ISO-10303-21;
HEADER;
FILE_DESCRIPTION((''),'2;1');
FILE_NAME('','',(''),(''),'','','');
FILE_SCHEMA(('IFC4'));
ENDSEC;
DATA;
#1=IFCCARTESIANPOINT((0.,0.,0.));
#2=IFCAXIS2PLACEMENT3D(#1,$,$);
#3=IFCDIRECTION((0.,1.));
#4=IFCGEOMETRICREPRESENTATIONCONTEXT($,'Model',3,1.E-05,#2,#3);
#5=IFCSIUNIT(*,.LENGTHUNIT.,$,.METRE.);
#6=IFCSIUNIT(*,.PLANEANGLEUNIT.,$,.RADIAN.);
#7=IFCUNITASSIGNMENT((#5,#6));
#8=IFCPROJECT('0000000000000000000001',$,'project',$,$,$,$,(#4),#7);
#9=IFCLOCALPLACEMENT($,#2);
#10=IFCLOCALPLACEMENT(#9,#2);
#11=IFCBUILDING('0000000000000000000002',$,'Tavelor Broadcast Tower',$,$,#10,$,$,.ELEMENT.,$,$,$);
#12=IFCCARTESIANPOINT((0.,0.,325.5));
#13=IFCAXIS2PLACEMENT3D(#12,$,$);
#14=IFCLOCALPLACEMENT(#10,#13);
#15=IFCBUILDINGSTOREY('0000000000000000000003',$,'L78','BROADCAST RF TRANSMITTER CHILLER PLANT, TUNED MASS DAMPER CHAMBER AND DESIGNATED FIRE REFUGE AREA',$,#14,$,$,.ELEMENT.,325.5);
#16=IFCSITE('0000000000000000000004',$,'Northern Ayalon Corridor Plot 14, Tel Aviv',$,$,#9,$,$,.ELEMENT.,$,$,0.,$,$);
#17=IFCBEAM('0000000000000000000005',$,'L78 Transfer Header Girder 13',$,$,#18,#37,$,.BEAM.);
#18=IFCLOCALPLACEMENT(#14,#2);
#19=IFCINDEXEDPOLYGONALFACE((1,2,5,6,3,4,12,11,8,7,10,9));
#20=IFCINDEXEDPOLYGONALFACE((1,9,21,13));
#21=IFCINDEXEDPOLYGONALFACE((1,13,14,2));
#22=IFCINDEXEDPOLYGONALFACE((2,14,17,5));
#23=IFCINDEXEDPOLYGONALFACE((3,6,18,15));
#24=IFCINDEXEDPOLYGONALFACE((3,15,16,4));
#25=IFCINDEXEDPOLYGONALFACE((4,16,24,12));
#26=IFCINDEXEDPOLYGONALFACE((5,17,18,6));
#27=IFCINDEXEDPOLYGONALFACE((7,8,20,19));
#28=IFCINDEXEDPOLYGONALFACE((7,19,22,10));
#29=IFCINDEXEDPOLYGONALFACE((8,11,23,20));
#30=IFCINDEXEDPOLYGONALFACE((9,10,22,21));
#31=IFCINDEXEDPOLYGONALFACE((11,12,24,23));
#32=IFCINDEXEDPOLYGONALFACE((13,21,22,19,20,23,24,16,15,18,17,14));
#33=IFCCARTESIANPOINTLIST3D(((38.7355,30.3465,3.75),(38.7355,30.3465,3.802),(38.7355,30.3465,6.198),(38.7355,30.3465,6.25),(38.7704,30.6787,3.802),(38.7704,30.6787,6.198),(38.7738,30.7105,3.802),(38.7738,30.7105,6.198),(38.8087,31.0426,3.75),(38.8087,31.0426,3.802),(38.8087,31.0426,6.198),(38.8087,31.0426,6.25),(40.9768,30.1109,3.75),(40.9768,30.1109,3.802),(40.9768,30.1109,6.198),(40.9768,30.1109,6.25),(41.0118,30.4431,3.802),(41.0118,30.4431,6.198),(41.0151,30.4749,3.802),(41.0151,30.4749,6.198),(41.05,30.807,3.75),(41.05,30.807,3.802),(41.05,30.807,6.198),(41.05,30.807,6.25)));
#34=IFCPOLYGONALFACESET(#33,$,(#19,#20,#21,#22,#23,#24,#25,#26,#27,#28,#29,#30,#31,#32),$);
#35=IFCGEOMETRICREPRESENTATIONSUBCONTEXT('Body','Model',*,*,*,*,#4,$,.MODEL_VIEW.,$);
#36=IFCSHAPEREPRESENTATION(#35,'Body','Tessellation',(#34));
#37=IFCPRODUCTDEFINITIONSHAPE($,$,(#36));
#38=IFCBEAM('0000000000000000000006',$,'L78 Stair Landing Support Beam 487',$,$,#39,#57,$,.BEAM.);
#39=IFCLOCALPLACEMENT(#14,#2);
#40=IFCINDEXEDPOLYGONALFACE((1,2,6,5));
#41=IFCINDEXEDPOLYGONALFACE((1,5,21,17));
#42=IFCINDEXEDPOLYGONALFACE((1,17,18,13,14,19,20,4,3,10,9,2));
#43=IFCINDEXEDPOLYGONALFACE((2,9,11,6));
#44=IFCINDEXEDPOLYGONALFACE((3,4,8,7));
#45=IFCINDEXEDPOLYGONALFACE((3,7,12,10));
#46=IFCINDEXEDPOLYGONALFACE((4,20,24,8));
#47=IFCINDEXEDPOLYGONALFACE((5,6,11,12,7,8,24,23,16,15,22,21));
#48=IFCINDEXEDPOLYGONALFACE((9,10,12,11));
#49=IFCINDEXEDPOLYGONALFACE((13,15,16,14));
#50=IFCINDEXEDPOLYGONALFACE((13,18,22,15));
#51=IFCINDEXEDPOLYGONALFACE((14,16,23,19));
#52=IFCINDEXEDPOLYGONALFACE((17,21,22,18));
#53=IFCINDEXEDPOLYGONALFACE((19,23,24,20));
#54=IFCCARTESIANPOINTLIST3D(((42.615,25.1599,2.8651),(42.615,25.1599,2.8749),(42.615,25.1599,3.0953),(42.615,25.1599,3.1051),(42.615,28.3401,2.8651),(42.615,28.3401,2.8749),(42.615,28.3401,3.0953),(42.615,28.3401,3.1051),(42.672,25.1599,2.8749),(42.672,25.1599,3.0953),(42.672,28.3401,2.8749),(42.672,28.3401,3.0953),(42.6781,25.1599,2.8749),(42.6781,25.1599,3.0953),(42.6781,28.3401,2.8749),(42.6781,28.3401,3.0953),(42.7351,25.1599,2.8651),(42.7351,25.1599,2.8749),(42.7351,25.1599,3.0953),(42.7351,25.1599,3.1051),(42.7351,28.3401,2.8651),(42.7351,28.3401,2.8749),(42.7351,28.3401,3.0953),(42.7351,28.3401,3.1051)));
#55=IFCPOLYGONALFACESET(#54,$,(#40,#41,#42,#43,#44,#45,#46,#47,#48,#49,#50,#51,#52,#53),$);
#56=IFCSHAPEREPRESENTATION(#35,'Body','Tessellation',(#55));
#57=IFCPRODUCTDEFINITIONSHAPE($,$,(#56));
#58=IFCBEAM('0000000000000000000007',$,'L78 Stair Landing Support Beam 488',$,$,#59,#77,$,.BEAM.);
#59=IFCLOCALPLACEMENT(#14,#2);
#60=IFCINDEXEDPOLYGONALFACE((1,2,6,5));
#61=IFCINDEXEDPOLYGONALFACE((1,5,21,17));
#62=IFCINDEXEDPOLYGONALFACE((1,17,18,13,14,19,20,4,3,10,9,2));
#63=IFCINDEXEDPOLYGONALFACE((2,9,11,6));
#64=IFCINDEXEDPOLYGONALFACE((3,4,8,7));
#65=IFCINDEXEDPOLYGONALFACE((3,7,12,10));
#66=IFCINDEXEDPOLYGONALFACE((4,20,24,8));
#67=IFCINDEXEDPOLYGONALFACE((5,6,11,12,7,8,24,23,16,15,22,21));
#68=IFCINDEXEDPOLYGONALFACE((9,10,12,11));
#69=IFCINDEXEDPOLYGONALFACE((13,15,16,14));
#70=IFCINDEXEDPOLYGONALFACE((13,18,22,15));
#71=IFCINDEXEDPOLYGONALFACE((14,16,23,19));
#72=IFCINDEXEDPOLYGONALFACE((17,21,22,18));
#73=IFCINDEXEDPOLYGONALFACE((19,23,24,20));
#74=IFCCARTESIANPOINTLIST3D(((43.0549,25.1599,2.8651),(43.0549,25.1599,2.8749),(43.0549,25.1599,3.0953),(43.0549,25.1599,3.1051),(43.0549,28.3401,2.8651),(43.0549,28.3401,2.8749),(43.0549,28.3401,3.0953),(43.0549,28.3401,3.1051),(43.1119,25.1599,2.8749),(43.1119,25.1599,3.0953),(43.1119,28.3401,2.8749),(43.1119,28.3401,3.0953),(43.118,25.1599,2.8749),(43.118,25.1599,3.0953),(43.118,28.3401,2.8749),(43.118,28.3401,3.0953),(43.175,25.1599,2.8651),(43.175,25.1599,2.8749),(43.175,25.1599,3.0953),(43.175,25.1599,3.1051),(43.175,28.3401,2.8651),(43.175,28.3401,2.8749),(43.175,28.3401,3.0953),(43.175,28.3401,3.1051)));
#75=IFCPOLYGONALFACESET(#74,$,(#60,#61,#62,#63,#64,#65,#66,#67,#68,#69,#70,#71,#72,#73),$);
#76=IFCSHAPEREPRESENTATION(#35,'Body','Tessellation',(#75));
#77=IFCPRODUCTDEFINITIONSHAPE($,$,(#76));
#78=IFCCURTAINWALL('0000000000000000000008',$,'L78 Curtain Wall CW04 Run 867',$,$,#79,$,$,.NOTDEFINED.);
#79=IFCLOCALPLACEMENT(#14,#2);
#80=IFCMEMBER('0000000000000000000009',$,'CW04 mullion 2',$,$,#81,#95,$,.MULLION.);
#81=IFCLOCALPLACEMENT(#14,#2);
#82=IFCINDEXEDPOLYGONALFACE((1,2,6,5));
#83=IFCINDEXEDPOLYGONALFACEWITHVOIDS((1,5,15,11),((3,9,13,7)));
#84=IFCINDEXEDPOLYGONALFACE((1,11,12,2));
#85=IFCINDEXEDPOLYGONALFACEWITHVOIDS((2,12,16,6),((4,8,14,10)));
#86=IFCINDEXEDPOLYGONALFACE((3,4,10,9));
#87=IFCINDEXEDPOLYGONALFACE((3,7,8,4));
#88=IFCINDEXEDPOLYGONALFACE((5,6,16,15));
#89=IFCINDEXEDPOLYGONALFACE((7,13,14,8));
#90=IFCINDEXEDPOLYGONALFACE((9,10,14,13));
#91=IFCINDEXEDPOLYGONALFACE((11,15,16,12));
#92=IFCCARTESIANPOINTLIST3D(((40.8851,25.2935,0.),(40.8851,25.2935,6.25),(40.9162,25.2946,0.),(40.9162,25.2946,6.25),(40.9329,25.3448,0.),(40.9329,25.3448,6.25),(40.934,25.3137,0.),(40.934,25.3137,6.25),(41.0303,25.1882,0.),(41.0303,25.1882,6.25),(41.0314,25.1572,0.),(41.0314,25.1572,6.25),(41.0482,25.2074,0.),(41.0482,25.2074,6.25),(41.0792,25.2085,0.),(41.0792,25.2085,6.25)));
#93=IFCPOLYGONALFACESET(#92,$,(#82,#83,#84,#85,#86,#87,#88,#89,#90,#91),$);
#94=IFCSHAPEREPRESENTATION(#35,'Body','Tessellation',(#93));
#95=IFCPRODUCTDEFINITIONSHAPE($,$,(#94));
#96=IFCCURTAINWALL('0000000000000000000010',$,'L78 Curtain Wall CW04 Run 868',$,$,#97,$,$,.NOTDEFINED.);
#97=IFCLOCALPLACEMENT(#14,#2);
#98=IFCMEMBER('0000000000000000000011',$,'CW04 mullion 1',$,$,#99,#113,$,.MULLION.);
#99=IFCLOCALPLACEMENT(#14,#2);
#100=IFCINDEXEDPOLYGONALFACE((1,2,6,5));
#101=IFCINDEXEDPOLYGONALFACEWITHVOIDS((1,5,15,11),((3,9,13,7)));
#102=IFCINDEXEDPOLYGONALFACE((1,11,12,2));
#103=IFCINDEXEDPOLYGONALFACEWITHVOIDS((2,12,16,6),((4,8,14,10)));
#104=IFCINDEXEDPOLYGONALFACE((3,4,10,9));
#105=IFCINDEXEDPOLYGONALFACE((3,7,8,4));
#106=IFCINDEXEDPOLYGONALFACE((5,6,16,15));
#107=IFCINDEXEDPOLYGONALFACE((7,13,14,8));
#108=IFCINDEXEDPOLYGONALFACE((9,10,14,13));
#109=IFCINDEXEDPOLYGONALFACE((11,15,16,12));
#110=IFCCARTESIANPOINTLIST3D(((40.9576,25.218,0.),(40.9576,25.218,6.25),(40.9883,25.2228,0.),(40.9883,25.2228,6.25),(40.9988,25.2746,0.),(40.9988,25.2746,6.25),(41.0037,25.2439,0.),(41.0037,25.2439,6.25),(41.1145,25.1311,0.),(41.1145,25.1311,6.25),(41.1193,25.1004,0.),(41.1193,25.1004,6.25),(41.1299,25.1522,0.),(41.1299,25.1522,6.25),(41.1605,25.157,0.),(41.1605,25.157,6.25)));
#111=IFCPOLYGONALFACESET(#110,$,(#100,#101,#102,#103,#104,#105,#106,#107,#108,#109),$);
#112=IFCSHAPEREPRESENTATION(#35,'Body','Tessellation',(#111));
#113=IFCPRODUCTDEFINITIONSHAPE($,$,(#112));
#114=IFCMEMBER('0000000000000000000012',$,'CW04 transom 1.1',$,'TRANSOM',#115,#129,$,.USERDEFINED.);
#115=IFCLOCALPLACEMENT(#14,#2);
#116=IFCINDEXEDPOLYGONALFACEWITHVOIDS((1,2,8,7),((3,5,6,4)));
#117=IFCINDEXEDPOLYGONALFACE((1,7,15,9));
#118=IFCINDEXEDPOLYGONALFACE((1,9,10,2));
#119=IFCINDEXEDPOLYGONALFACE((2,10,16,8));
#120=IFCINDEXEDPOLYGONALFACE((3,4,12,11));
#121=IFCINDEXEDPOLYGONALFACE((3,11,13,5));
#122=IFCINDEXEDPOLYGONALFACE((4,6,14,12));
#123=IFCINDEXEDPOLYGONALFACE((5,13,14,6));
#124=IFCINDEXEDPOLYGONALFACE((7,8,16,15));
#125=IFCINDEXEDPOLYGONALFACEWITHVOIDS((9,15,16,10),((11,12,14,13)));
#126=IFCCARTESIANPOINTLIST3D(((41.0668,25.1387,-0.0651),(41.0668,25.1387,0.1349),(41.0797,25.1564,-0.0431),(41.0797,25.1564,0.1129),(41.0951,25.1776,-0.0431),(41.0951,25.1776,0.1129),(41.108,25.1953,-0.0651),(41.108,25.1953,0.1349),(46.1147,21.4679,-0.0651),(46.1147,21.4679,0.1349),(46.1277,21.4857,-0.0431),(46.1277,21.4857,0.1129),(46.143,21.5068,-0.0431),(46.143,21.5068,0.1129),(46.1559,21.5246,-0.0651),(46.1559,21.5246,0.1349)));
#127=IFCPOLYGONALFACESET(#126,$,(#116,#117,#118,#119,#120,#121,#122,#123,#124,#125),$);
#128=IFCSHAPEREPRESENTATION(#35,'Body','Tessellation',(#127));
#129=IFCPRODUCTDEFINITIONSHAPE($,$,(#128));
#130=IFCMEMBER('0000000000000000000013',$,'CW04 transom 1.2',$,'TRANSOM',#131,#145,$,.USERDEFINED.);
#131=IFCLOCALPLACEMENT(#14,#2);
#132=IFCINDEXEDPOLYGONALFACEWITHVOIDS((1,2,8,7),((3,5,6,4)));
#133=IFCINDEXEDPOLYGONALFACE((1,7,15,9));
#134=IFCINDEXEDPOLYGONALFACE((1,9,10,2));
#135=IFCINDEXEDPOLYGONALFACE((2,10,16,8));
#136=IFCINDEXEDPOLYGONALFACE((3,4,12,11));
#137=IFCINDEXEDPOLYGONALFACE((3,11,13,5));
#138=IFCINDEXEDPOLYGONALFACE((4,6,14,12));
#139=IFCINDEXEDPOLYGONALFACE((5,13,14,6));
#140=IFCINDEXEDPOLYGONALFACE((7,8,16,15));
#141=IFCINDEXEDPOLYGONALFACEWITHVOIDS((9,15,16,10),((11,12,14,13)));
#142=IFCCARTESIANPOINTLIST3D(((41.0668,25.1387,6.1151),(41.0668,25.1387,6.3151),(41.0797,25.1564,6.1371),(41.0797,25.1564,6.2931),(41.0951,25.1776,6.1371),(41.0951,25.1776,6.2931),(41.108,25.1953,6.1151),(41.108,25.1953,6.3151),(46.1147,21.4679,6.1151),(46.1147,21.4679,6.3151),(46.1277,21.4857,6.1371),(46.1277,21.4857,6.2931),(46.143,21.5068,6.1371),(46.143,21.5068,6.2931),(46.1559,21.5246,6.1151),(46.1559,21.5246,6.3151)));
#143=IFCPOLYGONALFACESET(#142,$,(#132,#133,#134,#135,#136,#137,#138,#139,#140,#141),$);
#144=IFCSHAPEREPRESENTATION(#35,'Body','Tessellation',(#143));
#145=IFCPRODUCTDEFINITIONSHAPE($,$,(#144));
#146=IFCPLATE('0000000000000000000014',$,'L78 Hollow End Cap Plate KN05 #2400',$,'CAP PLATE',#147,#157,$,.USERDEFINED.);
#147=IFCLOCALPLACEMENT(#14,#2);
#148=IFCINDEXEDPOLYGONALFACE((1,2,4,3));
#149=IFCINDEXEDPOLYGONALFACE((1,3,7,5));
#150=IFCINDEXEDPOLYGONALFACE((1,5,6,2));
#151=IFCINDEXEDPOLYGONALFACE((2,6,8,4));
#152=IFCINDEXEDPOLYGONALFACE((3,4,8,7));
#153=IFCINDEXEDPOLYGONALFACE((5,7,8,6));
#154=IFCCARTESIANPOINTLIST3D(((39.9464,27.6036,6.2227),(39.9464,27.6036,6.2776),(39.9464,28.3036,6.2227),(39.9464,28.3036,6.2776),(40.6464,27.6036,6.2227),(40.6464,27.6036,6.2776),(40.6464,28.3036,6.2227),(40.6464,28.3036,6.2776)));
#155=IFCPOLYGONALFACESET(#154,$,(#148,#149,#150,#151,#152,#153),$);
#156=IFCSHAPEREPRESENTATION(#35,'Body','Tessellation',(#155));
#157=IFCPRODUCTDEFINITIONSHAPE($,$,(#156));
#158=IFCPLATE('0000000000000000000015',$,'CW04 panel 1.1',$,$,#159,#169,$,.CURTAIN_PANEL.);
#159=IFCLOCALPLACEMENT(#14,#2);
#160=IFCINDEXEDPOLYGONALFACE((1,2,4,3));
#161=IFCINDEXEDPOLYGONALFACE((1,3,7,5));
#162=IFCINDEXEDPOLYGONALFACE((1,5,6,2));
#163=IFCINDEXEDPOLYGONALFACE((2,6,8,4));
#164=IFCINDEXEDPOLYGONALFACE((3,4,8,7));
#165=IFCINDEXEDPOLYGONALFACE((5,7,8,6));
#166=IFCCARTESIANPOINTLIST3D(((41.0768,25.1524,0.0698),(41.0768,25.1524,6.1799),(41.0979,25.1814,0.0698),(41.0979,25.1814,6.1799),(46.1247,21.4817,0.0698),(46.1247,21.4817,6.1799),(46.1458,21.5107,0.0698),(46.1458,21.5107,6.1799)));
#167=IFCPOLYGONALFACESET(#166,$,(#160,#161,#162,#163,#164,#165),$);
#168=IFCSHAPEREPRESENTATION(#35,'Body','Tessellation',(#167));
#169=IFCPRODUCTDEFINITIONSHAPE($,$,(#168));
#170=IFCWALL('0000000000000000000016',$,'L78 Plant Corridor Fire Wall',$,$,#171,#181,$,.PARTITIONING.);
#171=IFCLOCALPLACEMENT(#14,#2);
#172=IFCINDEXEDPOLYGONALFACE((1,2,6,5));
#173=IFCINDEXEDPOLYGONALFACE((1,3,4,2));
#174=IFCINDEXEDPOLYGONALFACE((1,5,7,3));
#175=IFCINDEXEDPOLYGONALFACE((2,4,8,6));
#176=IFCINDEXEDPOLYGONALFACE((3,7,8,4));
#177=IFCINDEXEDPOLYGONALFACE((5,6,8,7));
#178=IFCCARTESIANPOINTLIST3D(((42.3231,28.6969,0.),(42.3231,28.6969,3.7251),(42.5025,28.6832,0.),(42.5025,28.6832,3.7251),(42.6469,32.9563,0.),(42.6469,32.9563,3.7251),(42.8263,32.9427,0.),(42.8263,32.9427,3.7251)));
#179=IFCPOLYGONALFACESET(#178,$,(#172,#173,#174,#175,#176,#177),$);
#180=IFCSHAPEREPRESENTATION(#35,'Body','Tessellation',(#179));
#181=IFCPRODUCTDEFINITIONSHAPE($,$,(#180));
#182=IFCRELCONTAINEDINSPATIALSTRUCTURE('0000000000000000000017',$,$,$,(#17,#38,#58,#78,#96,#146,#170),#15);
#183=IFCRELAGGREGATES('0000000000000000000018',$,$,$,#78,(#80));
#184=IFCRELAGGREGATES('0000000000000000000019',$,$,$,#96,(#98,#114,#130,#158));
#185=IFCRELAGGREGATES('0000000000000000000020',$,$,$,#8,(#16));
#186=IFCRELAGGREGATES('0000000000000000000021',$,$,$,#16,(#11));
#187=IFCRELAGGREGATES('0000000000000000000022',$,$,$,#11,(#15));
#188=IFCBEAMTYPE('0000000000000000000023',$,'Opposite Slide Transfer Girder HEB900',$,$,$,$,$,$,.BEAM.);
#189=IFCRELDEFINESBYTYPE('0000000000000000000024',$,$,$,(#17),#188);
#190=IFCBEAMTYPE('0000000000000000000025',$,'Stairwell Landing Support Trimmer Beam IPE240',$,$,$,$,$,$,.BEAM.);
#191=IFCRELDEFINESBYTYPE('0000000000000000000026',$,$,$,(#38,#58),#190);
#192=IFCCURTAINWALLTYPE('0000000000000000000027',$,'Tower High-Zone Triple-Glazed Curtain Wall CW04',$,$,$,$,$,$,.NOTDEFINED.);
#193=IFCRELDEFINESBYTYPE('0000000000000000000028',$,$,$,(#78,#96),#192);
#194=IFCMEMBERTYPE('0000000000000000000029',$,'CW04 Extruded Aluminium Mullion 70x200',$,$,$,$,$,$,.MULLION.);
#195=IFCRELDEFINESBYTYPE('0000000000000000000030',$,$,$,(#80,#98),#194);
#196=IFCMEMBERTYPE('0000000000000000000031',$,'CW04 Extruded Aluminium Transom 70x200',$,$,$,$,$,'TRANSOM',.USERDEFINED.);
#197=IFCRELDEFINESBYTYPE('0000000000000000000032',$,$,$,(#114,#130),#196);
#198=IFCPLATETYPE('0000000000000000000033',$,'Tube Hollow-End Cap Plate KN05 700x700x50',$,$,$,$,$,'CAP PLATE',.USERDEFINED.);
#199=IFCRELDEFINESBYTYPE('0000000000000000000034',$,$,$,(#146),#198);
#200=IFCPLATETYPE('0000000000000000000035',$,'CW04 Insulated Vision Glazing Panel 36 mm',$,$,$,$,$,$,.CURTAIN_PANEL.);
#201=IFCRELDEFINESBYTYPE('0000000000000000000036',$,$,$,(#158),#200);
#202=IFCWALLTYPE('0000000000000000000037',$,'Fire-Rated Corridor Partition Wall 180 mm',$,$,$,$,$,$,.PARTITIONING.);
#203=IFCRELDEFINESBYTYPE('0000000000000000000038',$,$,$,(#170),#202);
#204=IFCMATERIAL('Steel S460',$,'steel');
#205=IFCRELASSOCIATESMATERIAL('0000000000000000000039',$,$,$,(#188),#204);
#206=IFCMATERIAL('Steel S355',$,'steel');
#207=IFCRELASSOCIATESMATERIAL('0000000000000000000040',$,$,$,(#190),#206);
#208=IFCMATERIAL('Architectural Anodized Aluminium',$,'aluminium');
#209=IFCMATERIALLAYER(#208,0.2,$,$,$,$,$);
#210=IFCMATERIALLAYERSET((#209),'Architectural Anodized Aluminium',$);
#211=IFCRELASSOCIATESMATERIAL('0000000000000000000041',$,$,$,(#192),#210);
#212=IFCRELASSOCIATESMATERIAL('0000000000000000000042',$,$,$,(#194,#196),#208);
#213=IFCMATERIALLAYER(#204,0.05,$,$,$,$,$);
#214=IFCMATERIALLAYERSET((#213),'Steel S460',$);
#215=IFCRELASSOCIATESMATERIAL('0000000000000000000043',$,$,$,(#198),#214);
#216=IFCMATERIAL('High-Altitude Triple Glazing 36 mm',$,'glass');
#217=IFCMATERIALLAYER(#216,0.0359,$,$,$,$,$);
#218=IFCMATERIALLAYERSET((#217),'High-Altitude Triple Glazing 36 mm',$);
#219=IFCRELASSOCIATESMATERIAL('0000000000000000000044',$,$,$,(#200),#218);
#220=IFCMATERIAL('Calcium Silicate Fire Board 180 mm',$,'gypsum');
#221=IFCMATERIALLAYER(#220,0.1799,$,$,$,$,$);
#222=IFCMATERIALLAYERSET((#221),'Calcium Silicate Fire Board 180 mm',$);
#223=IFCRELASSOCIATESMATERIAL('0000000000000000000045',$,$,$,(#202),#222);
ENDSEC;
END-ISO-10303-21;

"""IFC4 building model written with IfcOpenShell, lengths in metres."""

from ifc_helpers import new_model, si_unit, direction, frame, frame_2d, origin, origin_2d, place, context, subcontext, project, spatial, rectangle, hollow_rectangle, i_section, extrude, source, transform, mapped, material, layer, layer_set, material_profile, profile_set, type_object, type_shapes, element, aggregate, save


model = new_model("IFC4")

# Units and contexts
model_context = context("Model", 3, precision=1e-05, world=origin(), true_north=direction((0.0, 1.0)))
body_context = subcontext(model_context, "Body", "Model", "MODEL_VIEW")
ifc_project = project(units=[si_unit("LENGTHUNIT", "METRE"), si_unit("PLANEANGLEUNIT", "RADIAN")], contexts=[model_context])

# Site, building, storey
site_placement = place(None, origin())
site = spatial("IfcSite", under=ifc_project, at=site_placement, Name="Northern Ayalon Corridor Plot 14, Tel Aviv", CompositionType="ELEMENT", RefElevation=0.0)
building_placement = place(site_placement, origin())
building = spatial("IfcBuilding", under=site, at=building_placement, Name="Tavelor Broadcast Tower", CompositionType="ELEMENT")
storey_placement = place(building_placement, frame((0.0, 0.0, 325.5)))
storey = spatial("IfcBuildingStorey", under=building, at=storey_placement, Name="L78", Description="BROADCAST RF TRANSMITTER CHILLER PLANT, TUNED MASS DAMPER CHAMBER AND DESIGNATED FIRE REFUGE AREA", CompositionType="ELEMENT", Elevation=325.5)

# Beams
ifc_material_1 = material(Name="Steel S460", Category="steel")
ifc_material_profile_1 = material_profile(ifc_material_1, i_section(OverallWidth=0.7, OverallDepth=2.5, WebThickness=0.032, FlangeThickness=0.052, at=origin_2d()), Name="PG 2500x700")
ifc_profile_set_1 = profile_set([ifc_material_profile_1], Name="Steel S460")
beam_type_1 = type_object("IfcBeamType", Name="Opposite Slide Transfer Girder HEB900", PredefinedType="BEAM", material=ifc_profile_set_1)
beam_placement = place(storey_placement, frame((41.0134, 30.459, 5.0), z_axis=(-0.99452, 0.104544, 0.0), x_axis=(-0.104544, -0.99452, 0.0)))
element("IfcBeam", 1, at=beam_placement, inside=storey, type_object=beam_type_1, Name="L78 Transfer Header Girder 13", PredefinedType="BEAM", context=body_context, shape_type="SweptSolid", body=[
    extrude(i_section(OverallWidth=0.7, OverallDepth=2.5, WebThickness=0.032, FlangeThickness=0.052, at=origin_2d()), origin(), (0.0, 0.0, 1.0), 2.2537),
])
ifc_material_2 = material(Name="Steel S355", Category="steel")
ifc_material_profile_2 = material_profile(ifc_material_2, i_section(OverallWidth=0.1201, OverallDepth=0.24, WebThickness=0.0061, FlangeThickness=0.0098, at=origin_2d()), Name="IPE 240")
ifc_profile_set_2 = profile_set([ifc_material_profile_2], Name="Steel S355")
beam_type_2 = type_object("IfcBeamType", Name="Stairwell Landing Support Trimmer Beam IPE240", PredefinedType="BEAM", material=ifc_profile_set_2)
for number, where, z_axis, x_axis, name in (
    (2, (42.675, 25.1599, 2.9851), (0.0, 1.0, 0.0), (-1.0, 0.0, 0.0), "L78 Stair Landing Support Beam 487"),
    (3, (43.115, 25.1599, 2.9851), (0.0, 1.0, 0.0), (-1.0, 0.0, 0.0), "L78 Stair Landing Support Beam 488"),
):
    element("IfcBeam", number, at=place(storey_placement, frame(where, z_axis=z_axis, x_axis=x_axis)), inside=storey, type_object=beam_type_2, Name=name, PredefinedType="BEAM", context=body_context, shape_type="SweptSolid", body=[
        extrude(i_section(OverallWidth=0.1201, OverallDepth=0.24, WebThickness=0.0061, FlangeThickness=0.0098, at=origin_2d()), origin(), (0.0, 0.0, 1.0), 3.1802),
    ])

# Curtain wall, member
ifc_material_3 = material(Name="Architectural Anodized Aluminium", Category="aluminium")
ifc_layer_1 = layer(ifc_material_3, 0.2)
ifc_layer_set_1 = layer_set([ifc_layer_1], Name="Architectural Anodized Aluminium")
curtain_wall_type = type_object("IfcCurtainWallType", Name="Tower High-Zone Triple-Glazed Curtain Wall CW04", PredefinedType="NOTDEFINED", material=ifc_layer_set_1)
curtain_wall_1_placement = place(storey_placement, origin())
curtain_wall_1 = element("IfcCurtainWall", 4, at=curtain_wall_1_placement, inside=storey, type_object=curtain_wall_type, Name="L78 Curtain Wall CW04 Run 867", PredefinedType="NOTDEFINED")
ifc_material_profile_3 = material_profile(ifc_material_3, hollow_rectangle(XDim=0.0701, YDim=0.2, WallThickness=0.022, at=origin_2d()), Name="RHS 70x200x22")
ifc_profile_set_3 = profile_set([ifc_material_profile_3], Name="Architectural Anodized Aluminium")
member_type_1 = type_object("IfcMemberType", Name="CW04 Extruded Aluminium Mullion 70x200", PredefinedType="MULLION", material=ifc_profile_set_3)
shared_shape_1 = source(origin(), body_context, "Body", "SweptSolid", [
    extrude(hollow_rectangle(XDim=0.0701, YDim=0.2, WallThickness=0.022, at=origin_2d()), origin(), (0.0, 0.0, 1.0), 6.25),
])
type_shapes(member_type_1, [shared_shape_1])
member_1_placement = place(storey_placement, frame((40.9822, 25.251, 0.0), z_axis=(0.0, 0.0, 1.0), x_axis=(0.681663, 0.731667, 0.0)))
member_1 = element("IfcMember", 5, at=member_1_placement, type_object=member_type_1, Name="CW04 mullion 2", PredefinedType="MULLION", context=body_context, shape_type="MappedRepresentation", body=[
    mapped(shared_shape_1, transform((0.0, 0.0, 0.0), scale=1.0)),
])
aggregate(curtain_wall_1, [member_1])

# Curtain wall, members
curtain_wall_2_placement = place(storey_placement, origin())
curtain_wall_2 = element("IfcCurtainWall", 6, at=curtain_wall_2_placement, inside=storey, type_object=curtain_wall_type, Name="L78 Curtain Wall CW04 Run 868", PredefinedType="NOTDEFINED")
member_2_placement = place(storey_placement, frame((41.0591, 25.1875, 0.0), z_axis=(0.0, 0.0, 1.0), x_axis=(0.588118, 0.808775, 0.0)))
member_2 = element("IfcMember", 7, at=member_2_placement, type_object=member_type_1, Name="CW04 mullion 1", PredefinedType="MULLION", context=body_context, shape_type="MappedRepresentation", body=[
    mapped(shared_shape_1, transform((0.0, 0.0, 0.0), scale=1.0)),
])
ifc_material_profile_4 = material_profile(ifc_material_3, hollow_rectangle(XDim=0.0701, YDim=0.2, WallThickness=0.022, at=origin_2d()), Name="RHS 70x200x22")
ifc_profile_set_4 = profile_set([ifc_material_profile_4], Name="Architectural Anodized Aluminium")
member_type_2 = type_object("IfcMemberType", Name="CW04 Extruded Aluminium Transom 70x200", ElementType="TRANSOM", PredefinedType="USERDEFINED", material=ifc_profile_set_4)
shared_shape_2 = source(origin(), body_context, "Body", "SweptSolid", [
    extrude(hollow_rectangle(XDim=0.0701, YDim=0.2, WallThickness=0.022, at=origin_2d()), origin(), (0.0, 0.0, 1.0), 6.2415),
])
type_shapes(member_type_2, [shared_shape_2])
member_3_placement = place(storey_placement, frame((41.0874, 25.167, 0.0349), z_axis=(0.808775, -0.588118, 0.0), x_axis=(0.588118, 0.808775, 0.0)))
member_3 = element("IfcMember", 8, at=member_3_placement, type_object=member_type_2, Name="CW04 transom 1.1", ObjectType="TRANSOM", PredefinedType="USERDEFINED", context=body_context, shape_type="MappedRepresentation", body=[
    mapped(shared_shape_2, transform((0.0, 0.0, 0.0), scale=1.0)),
])
member_4_placement = place(storey_placement, frame((41.0874, 25.167, 6.2151), z_axis=(0.808775, -0.588118, 0.0), x_axis=(0.588118, 0.808775, 0.0)))
member_4 = element("IfcMember", 9, at=member_4_placement, type_object=member_type_2, Name="CW04 transom 1.2", ObjectType="TRANSOM", PredefinedType="USERDEFINED", context=body_context, shape_type="MappedRepresentation", body=[
    mapped(shared_shape_2, transform((0.0, 0.0, 0.0), scale=1.0)),
])

# Plates
ifc_layer_2 = layer(ifc_material_1, 0.05)
ifc_layer_set_2 = layer_set([ifc_layer_2], Name="Steel S460")
plate_type_1 = type_object("IfcPlateType", Name="Tube Hollow-End Cap Plate KN05 700x700x50", ElementType="CAP PLATE", PredefinedType="USERDEFINED", material=ifc_layer_set_2)
shared_shape_3 = source(origin(), body_context, "Body", "SweptSolid", [
    extrude(rectangle(XDim=0.7, YDim=0.7, at=origin_2d()), origin(), (0.0, 0.0, 1.0), 0.0549),
])
type_shapes(plate_type_1, [shared_shape_3])
plate_1_placement = place(storey_placement, frame((40.2964, 27.9536, 6.2227), z_axis=(0.0, 0.0, 1.0), x_axis=(1.0, 0.0, 0.0)))
element("IfcPlate", 10, at=plate_1_placement, inside=storey, type_object=plate_type_1, Name="L78 Hollow End Cap Plate KN05 #2400", ObjectType="CAP PLATE", PredefinedType="USERDEFINED", context=body_context, shape_type="MappedRepresentation", body=[
    mapped(shared_shape_3, transform((0.0, 0.0, 0.0), scale=1.0)),
])
ifc_material_4 = material(Name="High-Altitude Triple Glazing 36 mm", Category="glass")
ifc_layer_3 = layer(ifc_material_4, 0.0359)
ifc_layer_set_3 = layer_set([ifc_layer_3], Name="High-Altitude Triple Glazing 36 mm")
plate_type_2 = type_object("IfcPlateType", Name="CW04 Insulated Vision Glazing Panel 36 mm", PredefinedType="CURTAIN_PANEL", material=ifc_layer_set_3)
shared_shape_4 = source(origin(), body_context, "Body", "SweptSolid", [
    extrude(rectangle(XDim=6.2415, YDim=0.0359, at=origin_2d()), origin(), (0.0, 0.0, 1.0), 6.1101),
])
type_shapes(plate_type_2, [shared_shape_4])
plate_2_placement = place(storey_placement, frame((43.6113, 23.3315, 0.0698), z_axis=(0.0, 0.0, 1.0), x_axis=(0.808775, -0.588118, 0.0)))
plate_2 = element("IfcPlate", 11, at=plate_2_placement, type_object=plate_type_2, Name="CW04 panel 1.1", PredefinedType="CURTAIN_PANEL", context=body_context, shape_type="MappedRepresentation", body=[
    mapped(shared_shape_4, transform((0.0, 0.0, 0.0), scale=1.0)),
])
aggregate(curtain_wall_2, [member_2, member_3, member_4, plate_2])

# Wall
ifc_material_5 = material(Name="Calcium Silicate Fire Board 180 mm", Category="gypsum")
ifc_layer_4 = layer(ifc_material_5, 0.1799)
ifc_layer_set_4 = layer_set([ifc_layer_4], Name="Calcium Silicate Fire Board 180 mm")
wall_type_1 = type_object("IfcWallType", Name="Fire-Rated Corridor Partition Wall 180 mm", PredefinedType="PARTITIONING", material=ifc_layer_set_4)
wall_1_placement = place(storey_placement, frame((42.4128, 28.6902, 0.0), z_axis=(0.0, 0.0, 1.0), x_axis=(0.075783, 0.997124, 0.0)))
element("IfcWall", 12, at=wall_1_placement, inside=storey, type_object=wall_type_1, Name="L78 Plant Corridor Fire Wall", PredefinedType="PARTITIONING", context=body_context, shape_type="SweptSolid", body=[
    extrude(rectangle(XDim=4.2717, YDim=0.1799, at=frame_2d((2.1357, 0.0))), origin(), (0.0, 0.0, 1.0), 3.7251),
])

save(model, "model.ifc")
